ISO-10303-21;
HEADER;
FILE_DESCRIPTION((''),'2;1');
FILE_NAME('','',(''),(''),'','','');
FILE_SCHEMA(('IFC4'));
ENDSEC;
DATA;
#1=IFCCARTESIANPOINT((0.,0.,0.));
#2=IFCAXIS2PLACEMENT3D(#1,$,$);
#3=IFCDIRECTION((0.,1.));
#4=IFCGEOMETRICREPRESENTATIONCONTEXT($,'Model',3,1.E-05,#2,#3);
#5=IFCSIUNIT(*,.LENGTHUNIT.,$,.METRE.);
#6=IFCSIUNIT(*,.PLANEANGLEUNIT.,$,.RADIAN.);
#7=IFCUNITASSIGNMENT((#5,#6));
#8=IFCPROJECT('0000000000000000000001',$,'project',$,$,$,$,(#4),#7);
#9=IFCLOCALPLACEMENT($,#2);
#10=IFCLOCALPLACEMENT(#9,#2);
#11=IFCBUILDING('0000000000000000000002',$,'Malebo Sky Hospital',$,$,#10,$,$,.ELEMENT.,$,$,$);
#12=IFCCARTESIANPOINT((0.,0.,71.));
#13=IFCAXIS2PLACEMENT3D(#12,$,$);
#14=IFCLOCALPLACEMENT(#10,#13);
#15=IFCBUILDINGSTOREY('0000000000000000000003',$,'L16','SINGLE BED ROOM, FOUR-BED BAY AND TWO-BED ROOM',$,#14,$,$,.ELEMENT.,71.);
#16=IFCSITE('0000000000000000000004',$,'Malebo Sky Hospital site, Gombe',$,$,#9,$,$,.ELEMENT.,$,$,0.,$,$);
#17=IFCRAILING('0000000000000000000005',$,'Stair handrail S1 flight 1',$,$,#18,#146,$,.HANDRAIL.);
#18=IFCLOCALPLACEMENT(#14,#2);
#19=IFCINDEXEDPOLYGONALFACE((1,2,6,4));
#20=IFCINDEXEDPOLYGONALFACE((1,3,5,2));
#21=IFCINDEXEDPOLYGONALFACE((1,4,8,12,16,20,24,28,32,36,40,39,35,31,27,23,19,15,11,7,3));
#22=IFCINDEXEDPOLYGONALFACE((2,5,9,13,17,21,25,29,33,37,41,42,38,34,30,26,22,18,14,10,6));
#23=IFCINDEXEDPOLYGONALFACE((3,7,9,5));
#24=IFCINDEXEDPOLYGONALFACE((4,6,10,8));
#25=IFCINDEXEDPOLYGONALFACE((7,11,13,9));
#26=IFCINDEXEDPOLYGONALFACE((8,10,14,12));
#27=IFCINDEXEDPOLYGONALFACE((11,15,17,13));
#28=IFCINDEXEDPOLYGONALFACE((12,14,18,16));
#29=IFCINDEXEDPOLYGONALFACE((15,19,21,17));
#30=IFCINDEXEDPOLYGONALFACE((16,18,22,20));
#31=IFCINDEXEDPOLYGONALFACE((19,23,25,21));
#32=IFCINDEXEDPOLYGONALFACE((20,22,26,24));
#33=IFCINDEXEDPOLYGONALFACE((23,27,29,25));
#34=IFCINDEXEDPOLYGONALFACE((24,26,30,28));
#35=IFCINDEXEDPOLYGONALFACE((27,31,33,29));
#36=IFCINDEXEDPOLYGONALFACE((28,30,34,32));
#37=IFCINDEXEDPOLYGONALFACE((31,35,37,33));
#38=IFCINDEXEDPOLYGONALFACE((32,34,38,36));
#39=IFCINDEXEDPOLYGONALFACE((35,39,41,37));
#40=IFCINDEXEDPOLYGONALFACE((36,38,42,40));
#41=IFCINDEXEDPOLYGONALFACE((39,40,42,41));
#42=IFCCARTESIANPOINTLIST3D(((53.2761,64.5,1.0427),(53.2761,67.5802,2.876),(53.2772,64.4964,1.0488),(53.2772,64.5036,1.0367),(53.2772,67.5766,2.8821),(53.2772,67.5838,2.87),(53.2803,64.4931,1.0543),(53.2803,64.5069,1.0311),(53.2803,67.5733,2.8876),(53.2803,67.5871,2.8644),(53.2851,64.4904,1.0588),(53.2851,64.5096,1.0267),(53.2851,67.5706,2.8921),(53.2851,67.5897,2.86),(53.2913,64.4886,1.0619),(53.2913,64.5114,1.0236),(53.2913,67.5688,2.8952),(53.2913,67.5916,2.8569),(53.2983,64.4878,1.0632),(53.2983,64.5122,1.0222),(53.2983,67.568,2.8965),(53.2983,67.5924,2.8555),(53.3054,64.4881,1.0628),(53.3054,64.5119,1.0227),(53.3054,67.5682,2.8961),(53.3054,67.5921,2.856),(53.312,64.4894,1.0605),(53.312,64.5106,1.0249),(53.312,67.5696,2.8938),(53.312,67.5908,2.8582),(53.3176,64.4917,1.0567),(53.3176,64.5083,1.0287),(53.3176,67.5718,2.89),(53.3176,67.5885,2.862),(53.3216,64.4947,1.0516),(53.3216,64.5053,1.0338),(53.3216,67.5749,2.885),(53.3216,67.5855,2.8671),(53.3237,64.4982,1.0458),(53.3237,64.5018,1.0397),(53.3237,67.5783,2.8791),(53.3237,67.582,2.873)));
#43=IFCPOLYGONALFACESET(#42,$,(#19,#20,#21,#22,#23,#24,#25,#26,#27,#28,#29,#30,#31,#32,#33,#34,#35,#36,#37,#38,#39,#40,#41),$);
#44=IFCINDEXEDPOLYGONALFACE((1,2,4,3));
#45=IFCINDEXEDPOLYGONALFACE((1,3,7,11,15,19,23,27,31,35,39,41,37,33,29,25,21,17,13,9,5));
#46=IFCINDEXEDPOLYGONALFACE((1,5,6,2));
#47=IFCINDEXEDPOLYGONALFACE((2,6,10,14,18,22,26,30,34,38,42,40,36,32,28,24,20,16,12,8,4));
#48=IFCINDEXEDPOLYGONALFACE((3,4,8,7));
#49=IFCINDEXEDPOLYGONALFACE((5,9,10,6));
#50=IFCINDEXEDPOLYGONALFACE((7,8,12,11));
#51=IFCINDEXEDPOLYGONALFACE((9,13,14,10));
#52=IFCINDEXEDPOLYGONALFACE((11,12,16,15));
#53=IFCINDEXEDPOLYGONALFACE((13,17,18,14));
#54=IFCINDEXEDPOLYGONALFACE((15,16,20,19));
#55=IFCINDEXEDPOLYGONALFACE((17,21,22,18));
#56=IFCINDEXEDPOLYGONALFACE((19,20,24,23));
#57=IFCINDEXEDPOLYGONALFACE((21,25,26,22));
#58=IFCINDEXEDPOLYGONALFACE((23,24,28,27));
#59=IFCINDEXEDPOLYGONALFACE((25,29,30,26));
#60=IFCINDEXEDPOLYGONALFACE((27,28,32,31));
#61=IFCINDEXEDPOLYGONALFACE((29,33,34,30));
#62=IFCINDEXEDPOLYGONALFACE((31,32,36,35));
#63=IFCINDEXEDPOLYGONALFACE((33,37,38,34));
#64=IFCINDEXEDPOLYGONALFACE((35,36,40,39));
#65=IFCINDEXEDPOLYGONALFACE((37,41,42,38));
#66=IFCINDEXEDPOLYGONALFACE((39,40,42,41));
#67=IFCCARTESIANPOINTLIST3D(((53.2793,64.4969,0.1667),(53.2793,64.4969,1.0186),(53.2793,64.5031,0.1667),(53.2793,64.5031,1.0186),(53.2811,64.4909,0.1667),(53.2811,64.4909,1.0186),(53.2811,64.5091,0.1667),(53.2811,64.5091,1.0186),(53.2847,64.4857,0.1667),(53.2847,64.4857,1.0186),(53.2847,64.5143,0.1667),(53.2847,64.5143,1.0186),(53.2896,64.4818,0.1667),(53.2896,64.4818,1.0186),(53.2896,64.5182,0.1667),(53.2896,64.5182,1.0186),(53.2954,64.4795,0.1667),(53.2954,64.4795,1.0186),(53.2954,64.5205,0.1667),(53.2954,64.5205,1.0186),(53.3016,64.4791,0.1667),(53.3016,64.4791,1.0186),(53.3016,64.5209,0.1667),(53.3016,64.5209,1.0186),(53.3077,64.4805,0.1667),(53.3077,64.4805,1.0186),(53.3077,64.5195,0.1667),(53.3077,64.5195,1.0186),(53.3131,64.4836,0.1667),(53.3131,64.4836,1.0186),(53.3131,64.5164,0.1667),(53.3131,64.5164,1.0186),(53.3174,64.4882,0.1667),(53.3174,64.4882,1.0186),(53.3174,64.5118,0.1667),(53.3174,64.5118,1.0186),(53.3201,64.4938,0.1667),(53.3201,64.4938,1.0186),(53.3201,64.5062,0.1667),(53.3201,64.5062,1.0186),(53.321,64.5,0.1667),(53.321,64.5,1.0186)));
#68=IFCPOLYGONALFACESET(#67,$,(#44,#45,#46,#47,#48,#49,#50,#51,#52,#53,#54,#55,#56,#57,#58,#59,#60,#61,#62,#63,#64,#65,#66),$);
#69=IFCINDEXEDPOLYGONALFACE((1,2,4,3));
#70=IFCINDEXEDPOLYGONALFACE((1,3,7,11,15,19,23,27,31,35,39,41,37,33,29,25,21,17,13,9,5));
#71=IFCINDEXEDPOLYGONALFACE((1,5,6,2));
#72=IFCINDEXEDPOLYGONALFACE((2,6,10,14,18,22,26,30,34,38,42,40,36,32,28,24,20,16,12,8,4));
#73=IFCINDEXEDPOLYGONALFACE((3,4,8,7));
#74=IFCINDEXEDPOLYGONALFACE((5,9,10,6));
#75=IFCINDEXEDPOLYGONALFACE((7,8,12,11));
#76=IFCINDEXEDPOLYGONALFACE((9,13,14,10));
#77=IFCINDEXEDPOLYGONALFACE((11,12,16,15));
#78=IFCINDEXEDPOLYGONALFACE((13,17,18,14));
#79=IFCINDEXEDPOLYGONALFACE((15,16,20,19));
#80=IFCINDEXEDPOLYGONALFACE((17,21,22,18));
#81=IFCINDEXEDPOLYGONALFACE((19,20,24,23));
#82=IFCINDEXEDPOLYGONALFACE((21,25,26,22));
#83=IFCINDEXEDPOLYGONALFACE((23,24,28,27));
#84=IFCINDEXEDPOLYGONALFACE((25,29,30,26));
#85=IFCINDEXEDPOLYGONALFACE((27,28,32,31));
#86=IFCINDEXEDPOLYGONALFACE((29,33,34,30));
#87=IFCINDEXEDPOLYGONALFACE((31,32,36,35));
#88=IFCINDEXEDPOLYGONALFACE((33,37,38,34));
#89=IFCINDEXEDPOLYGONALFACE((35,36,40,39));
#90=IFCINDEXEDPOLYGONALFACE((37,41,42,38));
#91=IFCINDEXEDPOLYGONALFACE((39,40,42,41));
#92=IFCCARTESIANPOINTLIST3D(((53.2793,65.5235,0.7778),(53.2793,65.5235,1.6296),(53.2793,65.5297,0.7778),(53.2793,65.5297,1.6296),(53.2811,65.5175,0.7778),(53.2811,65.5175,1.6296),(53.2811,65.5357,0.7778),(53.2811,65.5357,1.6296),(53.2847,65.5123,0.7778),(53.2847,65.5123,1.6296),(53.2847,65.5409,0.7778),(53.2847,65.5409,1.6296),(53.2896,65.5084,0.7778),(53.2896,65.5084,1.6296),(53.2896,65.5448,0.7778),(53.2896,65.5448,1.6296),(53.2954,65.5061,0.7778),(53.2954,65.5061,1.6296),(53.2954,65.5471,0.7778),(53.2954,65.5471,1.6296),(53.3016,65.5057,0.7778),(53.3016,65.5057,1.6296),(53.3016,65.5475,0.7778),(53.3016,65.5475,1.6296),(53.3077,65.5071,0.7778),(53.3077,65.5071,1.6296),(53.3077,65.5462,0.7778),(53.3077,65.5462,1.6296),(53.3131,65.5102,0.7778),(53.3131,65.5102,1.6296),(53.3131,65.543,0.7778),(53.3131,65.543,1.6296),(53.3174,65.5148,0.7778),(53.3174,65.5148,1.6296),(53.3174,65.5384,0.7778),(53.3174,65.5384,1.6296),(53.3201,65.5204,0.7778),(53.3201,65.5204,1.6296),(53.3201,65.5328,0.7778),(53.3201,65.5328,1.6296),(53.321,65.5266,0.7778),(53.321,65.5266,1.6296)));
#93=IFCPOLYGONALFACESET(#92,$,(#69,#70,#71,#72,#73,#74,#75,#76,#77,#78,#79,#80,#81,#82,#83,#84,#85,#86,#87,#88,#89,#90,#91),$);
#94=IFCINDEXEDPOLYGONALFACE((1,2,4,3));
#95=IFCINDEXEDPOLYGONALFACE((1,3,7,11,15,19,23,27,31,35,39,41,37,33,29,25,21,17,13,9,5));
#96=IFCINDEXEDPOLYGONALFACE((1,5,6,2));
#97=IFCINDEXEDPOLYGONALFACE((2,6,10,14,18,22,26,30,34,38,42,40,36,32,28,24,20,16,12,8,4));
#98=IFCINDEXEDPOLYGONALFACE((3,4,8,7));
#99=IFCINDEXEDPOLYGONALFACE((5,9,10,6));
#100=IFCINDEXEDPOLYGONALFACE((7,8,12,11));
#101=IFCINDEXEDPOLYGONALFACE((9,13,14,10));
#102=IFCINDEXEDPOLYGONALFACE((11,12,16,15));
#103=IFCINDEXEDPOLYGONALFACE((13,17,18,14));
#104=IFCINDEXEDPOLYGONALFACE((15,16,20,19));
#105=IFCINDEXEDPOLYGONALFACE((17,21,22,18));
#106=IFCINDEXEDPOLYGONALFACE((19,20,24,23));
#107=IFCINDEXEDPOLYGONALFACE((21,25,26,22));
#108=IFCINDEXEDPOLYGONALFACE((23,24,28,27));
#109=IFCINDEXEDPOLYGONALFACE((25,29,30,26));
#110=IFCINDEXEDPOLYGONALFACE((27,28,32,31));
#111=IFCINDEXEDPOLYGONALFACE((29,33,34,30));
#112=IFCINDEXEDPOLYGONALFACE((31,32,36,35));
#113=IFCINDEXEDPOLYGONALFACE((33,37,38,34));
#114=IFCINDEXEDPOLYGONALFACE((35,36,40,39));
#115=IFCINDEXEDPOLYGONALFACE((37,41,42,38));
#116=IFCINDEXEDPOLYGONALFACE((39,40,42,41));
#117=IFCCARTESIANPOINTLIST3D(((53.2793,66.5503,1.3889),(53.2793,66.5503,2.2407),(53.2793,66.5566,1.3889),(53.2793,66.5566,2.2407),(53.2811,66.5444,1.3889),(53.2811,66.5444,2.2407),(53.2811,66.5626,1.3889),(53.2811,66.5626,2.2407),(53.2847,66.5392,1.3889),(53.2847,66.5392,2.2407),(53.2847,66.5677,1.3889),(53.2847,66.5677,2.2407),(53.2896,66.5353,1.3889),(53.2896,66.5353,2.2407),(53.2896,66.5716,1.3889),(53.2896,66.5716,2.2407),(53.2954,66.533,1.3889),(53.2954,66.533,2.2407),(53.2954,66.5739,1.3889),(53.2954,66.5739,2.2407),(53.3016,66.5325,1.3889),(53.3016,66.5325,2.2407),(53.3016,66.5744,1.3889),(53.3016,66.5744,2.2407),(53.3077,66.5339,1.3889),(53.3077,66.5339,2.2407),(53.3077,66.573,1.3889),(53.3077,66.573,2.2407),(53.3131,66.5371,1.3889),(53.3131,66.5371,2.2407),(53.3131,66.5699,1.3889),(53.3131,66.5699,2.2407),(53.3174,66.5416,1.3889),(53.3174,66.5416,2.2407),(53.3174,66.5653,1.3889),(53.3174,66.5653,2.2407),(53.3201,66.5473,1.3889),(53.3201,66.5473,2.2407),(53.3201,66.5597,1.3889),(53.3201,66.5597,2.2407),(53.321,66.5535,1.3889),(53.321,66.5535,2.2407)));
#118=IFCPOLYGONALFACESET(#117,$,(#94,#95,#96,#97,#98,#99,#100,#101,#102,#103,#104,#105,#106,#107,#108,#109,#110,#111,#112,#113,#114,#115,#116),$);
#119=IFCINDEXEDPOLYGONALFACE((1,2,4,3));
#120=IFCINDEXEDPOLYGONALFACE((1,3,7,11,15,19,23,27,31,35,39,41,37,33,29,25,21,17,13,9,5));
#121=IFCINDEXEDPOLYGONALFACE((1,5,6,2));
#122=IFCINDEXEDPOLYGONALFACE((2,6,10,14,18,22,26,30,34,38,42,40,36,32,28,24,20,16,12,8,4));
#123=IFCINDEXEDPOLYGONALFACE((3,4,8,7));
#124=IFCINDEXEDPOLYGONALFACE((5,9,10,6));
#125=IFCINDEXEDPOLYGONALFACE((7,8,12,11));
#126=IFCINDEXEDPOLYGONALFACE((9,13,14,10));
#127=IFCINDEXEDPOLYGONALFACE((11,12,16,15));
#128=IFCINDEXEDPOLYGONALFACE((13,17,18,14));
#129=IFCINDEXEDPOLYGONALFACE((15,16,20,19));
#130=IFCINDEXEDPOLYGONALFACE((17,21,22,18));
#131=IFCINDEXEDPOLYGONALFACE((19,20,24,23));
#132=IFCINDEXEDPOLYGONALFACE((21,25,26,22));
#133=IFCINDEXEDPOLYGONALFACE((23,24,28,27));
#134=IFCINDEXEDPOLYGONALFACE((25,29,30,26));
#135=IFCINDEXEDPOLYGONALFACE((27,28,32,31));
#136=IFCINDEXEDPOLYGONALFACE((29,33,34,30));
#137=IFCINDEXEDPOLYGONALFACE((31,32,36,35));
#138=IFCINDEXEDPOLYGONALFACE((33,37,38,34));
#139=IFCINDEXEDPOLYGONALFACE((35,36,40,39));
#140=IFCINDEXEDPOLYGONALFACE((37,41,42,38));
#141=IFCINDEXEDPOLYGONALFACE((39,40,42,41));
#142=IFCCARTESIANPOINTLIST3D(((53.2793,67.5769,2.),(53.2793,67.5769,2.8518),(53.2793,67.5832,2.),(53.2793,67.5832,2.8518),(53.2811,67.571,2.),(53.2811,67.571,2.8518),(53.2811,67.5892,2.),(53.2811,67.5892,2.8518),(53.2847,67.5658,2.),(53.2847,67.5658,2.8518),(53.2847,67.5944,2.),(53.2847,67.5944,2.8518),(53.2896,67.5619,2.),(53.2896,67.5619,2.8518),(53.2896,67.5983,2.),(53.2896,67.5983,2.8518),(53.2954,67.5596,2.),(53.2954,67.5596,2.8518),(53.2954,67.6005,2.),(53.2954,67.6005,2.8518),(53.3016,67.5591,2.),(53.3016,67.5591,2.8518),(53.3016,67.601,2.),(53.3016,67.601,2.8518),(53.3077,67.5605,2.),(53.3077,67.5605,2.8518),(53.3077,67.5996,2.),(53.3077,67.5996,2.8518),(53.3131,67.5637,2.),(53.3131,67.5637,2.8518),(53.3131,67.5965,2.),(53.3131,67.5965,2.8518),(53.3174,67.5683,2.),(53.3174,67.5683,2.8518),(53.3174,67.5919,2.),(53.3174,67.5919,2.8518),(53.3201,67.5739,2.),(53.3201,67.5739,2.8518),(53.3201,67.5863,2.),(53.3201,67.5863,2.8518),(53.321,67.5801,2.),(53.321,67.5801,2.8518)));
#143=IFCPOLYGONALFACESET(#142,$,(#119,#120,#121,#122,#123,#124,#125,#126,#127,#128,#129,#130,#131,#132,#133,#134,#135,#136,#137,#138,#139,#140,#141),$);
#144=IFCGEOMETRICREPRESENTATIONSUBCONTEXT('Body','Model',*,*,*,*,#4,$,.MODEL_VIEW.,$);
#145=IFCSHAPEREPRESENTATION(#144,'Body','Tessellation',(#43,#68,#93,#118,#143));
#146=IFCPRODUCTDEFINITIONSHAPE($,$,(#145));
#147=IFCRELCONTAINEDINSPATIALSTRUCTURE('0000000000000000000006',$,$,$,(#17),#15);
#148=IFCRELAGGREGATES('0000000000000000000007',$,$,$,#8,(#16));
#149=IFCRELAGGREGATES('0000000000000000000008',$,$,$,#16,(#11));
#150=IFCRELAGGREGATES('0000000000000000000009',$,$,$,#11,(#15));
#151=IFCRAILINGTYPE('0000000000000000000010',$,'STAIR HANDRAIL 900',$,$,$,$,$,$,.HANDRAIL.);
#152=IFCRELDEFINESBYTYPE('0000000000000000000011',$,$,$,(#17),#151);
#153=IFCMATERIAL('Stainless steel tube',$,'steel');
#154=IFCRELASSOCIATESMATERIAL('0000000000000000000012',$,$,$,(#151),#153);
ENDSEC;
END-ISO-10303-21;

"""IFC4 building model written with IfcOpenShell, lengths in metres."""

from ifc_helpers import new_model, si_unit, direction, frame, origin, origin_2d, place, context, subcontext, project, spatial, circle, extrude, material, type_object, element, save


model = new_model("IFC4")

# Units and contexts
model_context = context("Model", 3, precision=1e-05, world=origin(), true_north=direction((0.0, 1.0)))
body_context = subcontext(model_context, "Body", "Model", "MODEL_VIEW")
ifc_project = project(units=[si_unit("LENGTHUNIT", "METRE"), si_unit("PLANEANGLEUNIT", "RADIAN")], contexts=[model_context])

# Site, building, storey
site_placement = place(None, origin())
site = spatial("IfcSite", under=ifc_project, at=site_placement, Name="Malebo Sky Hospital site, Gombe", CompositionType="ELEMENT", RefElevation=0.0)
building_placement = place(site_placement, origin())
building = spatial("IfcBuilding", under=site, at=building_placement, Name="Malebo Sky Hospital", CompositionType="ELEMENT")
storey_placement = place(building_placement, frame((0.0, 0.0, 71.0)))
storey = spatial("IfcBuildingStorey", under=building, at=storey_placement, Name="L16", Description="SINGLE BED ROOM, FOUR-BED BAY AND TWO-BED ROOM", CompositionType="ELEMENT", Elevation=71.0)

# Railing
ifc_material_1 = material(Name="Stainless steel tube", Category="steel")
railing_type = type_object("IfcRailingType", Name="STAIR HANDRAIL 900", PredefinedType="HANDRAIL", material=ifc_material_1)
railing_1_placement = place(storey_placement, frame((53.3, 64.5, 0.1667)))
element("IfcRailing", 1, at=railing_1_placement, inside=storey, type_object=railing_type, Name="Stair handrail S1 flight 1", PredefinedType="HANDRAIL", context=body_context, shape_type="SweptSolid", body=[
    extrude(circle(Radius=0.0239, at=origin_2d()), frame((0.0, 0.0, 0.876), z_axis=(0.0, 0.859309, 0.511458), x_axis=(-1.0, 0.0, 0.0)), (0.0, 0.0, 1.0), 3.5845),
    extrude(circle(Radius=0.021, at=origin_2d()), origin(), (0.0, 0.0, 1.0), 0.8518),
    extrude(circle(Radius=0.021, at=origin_2d()), frame((0.0, 1.0266, 0.6111)), (0.0, 0.0, 1.0), 0.8518),
    extrude(circle(Radius=0.021, at=origin_2d()), frame((0.0, 2.0535, 1.2222)), (0.0, 0.0, 1.0), 0.8518),
    extrude(circle(Radius=0.021, at=origin_2d()), frame((0.0, 3.0801, 1.8333)), (0.0, 0.0, 1.0), 0.8518),
])

save(model, "model.ifc")
